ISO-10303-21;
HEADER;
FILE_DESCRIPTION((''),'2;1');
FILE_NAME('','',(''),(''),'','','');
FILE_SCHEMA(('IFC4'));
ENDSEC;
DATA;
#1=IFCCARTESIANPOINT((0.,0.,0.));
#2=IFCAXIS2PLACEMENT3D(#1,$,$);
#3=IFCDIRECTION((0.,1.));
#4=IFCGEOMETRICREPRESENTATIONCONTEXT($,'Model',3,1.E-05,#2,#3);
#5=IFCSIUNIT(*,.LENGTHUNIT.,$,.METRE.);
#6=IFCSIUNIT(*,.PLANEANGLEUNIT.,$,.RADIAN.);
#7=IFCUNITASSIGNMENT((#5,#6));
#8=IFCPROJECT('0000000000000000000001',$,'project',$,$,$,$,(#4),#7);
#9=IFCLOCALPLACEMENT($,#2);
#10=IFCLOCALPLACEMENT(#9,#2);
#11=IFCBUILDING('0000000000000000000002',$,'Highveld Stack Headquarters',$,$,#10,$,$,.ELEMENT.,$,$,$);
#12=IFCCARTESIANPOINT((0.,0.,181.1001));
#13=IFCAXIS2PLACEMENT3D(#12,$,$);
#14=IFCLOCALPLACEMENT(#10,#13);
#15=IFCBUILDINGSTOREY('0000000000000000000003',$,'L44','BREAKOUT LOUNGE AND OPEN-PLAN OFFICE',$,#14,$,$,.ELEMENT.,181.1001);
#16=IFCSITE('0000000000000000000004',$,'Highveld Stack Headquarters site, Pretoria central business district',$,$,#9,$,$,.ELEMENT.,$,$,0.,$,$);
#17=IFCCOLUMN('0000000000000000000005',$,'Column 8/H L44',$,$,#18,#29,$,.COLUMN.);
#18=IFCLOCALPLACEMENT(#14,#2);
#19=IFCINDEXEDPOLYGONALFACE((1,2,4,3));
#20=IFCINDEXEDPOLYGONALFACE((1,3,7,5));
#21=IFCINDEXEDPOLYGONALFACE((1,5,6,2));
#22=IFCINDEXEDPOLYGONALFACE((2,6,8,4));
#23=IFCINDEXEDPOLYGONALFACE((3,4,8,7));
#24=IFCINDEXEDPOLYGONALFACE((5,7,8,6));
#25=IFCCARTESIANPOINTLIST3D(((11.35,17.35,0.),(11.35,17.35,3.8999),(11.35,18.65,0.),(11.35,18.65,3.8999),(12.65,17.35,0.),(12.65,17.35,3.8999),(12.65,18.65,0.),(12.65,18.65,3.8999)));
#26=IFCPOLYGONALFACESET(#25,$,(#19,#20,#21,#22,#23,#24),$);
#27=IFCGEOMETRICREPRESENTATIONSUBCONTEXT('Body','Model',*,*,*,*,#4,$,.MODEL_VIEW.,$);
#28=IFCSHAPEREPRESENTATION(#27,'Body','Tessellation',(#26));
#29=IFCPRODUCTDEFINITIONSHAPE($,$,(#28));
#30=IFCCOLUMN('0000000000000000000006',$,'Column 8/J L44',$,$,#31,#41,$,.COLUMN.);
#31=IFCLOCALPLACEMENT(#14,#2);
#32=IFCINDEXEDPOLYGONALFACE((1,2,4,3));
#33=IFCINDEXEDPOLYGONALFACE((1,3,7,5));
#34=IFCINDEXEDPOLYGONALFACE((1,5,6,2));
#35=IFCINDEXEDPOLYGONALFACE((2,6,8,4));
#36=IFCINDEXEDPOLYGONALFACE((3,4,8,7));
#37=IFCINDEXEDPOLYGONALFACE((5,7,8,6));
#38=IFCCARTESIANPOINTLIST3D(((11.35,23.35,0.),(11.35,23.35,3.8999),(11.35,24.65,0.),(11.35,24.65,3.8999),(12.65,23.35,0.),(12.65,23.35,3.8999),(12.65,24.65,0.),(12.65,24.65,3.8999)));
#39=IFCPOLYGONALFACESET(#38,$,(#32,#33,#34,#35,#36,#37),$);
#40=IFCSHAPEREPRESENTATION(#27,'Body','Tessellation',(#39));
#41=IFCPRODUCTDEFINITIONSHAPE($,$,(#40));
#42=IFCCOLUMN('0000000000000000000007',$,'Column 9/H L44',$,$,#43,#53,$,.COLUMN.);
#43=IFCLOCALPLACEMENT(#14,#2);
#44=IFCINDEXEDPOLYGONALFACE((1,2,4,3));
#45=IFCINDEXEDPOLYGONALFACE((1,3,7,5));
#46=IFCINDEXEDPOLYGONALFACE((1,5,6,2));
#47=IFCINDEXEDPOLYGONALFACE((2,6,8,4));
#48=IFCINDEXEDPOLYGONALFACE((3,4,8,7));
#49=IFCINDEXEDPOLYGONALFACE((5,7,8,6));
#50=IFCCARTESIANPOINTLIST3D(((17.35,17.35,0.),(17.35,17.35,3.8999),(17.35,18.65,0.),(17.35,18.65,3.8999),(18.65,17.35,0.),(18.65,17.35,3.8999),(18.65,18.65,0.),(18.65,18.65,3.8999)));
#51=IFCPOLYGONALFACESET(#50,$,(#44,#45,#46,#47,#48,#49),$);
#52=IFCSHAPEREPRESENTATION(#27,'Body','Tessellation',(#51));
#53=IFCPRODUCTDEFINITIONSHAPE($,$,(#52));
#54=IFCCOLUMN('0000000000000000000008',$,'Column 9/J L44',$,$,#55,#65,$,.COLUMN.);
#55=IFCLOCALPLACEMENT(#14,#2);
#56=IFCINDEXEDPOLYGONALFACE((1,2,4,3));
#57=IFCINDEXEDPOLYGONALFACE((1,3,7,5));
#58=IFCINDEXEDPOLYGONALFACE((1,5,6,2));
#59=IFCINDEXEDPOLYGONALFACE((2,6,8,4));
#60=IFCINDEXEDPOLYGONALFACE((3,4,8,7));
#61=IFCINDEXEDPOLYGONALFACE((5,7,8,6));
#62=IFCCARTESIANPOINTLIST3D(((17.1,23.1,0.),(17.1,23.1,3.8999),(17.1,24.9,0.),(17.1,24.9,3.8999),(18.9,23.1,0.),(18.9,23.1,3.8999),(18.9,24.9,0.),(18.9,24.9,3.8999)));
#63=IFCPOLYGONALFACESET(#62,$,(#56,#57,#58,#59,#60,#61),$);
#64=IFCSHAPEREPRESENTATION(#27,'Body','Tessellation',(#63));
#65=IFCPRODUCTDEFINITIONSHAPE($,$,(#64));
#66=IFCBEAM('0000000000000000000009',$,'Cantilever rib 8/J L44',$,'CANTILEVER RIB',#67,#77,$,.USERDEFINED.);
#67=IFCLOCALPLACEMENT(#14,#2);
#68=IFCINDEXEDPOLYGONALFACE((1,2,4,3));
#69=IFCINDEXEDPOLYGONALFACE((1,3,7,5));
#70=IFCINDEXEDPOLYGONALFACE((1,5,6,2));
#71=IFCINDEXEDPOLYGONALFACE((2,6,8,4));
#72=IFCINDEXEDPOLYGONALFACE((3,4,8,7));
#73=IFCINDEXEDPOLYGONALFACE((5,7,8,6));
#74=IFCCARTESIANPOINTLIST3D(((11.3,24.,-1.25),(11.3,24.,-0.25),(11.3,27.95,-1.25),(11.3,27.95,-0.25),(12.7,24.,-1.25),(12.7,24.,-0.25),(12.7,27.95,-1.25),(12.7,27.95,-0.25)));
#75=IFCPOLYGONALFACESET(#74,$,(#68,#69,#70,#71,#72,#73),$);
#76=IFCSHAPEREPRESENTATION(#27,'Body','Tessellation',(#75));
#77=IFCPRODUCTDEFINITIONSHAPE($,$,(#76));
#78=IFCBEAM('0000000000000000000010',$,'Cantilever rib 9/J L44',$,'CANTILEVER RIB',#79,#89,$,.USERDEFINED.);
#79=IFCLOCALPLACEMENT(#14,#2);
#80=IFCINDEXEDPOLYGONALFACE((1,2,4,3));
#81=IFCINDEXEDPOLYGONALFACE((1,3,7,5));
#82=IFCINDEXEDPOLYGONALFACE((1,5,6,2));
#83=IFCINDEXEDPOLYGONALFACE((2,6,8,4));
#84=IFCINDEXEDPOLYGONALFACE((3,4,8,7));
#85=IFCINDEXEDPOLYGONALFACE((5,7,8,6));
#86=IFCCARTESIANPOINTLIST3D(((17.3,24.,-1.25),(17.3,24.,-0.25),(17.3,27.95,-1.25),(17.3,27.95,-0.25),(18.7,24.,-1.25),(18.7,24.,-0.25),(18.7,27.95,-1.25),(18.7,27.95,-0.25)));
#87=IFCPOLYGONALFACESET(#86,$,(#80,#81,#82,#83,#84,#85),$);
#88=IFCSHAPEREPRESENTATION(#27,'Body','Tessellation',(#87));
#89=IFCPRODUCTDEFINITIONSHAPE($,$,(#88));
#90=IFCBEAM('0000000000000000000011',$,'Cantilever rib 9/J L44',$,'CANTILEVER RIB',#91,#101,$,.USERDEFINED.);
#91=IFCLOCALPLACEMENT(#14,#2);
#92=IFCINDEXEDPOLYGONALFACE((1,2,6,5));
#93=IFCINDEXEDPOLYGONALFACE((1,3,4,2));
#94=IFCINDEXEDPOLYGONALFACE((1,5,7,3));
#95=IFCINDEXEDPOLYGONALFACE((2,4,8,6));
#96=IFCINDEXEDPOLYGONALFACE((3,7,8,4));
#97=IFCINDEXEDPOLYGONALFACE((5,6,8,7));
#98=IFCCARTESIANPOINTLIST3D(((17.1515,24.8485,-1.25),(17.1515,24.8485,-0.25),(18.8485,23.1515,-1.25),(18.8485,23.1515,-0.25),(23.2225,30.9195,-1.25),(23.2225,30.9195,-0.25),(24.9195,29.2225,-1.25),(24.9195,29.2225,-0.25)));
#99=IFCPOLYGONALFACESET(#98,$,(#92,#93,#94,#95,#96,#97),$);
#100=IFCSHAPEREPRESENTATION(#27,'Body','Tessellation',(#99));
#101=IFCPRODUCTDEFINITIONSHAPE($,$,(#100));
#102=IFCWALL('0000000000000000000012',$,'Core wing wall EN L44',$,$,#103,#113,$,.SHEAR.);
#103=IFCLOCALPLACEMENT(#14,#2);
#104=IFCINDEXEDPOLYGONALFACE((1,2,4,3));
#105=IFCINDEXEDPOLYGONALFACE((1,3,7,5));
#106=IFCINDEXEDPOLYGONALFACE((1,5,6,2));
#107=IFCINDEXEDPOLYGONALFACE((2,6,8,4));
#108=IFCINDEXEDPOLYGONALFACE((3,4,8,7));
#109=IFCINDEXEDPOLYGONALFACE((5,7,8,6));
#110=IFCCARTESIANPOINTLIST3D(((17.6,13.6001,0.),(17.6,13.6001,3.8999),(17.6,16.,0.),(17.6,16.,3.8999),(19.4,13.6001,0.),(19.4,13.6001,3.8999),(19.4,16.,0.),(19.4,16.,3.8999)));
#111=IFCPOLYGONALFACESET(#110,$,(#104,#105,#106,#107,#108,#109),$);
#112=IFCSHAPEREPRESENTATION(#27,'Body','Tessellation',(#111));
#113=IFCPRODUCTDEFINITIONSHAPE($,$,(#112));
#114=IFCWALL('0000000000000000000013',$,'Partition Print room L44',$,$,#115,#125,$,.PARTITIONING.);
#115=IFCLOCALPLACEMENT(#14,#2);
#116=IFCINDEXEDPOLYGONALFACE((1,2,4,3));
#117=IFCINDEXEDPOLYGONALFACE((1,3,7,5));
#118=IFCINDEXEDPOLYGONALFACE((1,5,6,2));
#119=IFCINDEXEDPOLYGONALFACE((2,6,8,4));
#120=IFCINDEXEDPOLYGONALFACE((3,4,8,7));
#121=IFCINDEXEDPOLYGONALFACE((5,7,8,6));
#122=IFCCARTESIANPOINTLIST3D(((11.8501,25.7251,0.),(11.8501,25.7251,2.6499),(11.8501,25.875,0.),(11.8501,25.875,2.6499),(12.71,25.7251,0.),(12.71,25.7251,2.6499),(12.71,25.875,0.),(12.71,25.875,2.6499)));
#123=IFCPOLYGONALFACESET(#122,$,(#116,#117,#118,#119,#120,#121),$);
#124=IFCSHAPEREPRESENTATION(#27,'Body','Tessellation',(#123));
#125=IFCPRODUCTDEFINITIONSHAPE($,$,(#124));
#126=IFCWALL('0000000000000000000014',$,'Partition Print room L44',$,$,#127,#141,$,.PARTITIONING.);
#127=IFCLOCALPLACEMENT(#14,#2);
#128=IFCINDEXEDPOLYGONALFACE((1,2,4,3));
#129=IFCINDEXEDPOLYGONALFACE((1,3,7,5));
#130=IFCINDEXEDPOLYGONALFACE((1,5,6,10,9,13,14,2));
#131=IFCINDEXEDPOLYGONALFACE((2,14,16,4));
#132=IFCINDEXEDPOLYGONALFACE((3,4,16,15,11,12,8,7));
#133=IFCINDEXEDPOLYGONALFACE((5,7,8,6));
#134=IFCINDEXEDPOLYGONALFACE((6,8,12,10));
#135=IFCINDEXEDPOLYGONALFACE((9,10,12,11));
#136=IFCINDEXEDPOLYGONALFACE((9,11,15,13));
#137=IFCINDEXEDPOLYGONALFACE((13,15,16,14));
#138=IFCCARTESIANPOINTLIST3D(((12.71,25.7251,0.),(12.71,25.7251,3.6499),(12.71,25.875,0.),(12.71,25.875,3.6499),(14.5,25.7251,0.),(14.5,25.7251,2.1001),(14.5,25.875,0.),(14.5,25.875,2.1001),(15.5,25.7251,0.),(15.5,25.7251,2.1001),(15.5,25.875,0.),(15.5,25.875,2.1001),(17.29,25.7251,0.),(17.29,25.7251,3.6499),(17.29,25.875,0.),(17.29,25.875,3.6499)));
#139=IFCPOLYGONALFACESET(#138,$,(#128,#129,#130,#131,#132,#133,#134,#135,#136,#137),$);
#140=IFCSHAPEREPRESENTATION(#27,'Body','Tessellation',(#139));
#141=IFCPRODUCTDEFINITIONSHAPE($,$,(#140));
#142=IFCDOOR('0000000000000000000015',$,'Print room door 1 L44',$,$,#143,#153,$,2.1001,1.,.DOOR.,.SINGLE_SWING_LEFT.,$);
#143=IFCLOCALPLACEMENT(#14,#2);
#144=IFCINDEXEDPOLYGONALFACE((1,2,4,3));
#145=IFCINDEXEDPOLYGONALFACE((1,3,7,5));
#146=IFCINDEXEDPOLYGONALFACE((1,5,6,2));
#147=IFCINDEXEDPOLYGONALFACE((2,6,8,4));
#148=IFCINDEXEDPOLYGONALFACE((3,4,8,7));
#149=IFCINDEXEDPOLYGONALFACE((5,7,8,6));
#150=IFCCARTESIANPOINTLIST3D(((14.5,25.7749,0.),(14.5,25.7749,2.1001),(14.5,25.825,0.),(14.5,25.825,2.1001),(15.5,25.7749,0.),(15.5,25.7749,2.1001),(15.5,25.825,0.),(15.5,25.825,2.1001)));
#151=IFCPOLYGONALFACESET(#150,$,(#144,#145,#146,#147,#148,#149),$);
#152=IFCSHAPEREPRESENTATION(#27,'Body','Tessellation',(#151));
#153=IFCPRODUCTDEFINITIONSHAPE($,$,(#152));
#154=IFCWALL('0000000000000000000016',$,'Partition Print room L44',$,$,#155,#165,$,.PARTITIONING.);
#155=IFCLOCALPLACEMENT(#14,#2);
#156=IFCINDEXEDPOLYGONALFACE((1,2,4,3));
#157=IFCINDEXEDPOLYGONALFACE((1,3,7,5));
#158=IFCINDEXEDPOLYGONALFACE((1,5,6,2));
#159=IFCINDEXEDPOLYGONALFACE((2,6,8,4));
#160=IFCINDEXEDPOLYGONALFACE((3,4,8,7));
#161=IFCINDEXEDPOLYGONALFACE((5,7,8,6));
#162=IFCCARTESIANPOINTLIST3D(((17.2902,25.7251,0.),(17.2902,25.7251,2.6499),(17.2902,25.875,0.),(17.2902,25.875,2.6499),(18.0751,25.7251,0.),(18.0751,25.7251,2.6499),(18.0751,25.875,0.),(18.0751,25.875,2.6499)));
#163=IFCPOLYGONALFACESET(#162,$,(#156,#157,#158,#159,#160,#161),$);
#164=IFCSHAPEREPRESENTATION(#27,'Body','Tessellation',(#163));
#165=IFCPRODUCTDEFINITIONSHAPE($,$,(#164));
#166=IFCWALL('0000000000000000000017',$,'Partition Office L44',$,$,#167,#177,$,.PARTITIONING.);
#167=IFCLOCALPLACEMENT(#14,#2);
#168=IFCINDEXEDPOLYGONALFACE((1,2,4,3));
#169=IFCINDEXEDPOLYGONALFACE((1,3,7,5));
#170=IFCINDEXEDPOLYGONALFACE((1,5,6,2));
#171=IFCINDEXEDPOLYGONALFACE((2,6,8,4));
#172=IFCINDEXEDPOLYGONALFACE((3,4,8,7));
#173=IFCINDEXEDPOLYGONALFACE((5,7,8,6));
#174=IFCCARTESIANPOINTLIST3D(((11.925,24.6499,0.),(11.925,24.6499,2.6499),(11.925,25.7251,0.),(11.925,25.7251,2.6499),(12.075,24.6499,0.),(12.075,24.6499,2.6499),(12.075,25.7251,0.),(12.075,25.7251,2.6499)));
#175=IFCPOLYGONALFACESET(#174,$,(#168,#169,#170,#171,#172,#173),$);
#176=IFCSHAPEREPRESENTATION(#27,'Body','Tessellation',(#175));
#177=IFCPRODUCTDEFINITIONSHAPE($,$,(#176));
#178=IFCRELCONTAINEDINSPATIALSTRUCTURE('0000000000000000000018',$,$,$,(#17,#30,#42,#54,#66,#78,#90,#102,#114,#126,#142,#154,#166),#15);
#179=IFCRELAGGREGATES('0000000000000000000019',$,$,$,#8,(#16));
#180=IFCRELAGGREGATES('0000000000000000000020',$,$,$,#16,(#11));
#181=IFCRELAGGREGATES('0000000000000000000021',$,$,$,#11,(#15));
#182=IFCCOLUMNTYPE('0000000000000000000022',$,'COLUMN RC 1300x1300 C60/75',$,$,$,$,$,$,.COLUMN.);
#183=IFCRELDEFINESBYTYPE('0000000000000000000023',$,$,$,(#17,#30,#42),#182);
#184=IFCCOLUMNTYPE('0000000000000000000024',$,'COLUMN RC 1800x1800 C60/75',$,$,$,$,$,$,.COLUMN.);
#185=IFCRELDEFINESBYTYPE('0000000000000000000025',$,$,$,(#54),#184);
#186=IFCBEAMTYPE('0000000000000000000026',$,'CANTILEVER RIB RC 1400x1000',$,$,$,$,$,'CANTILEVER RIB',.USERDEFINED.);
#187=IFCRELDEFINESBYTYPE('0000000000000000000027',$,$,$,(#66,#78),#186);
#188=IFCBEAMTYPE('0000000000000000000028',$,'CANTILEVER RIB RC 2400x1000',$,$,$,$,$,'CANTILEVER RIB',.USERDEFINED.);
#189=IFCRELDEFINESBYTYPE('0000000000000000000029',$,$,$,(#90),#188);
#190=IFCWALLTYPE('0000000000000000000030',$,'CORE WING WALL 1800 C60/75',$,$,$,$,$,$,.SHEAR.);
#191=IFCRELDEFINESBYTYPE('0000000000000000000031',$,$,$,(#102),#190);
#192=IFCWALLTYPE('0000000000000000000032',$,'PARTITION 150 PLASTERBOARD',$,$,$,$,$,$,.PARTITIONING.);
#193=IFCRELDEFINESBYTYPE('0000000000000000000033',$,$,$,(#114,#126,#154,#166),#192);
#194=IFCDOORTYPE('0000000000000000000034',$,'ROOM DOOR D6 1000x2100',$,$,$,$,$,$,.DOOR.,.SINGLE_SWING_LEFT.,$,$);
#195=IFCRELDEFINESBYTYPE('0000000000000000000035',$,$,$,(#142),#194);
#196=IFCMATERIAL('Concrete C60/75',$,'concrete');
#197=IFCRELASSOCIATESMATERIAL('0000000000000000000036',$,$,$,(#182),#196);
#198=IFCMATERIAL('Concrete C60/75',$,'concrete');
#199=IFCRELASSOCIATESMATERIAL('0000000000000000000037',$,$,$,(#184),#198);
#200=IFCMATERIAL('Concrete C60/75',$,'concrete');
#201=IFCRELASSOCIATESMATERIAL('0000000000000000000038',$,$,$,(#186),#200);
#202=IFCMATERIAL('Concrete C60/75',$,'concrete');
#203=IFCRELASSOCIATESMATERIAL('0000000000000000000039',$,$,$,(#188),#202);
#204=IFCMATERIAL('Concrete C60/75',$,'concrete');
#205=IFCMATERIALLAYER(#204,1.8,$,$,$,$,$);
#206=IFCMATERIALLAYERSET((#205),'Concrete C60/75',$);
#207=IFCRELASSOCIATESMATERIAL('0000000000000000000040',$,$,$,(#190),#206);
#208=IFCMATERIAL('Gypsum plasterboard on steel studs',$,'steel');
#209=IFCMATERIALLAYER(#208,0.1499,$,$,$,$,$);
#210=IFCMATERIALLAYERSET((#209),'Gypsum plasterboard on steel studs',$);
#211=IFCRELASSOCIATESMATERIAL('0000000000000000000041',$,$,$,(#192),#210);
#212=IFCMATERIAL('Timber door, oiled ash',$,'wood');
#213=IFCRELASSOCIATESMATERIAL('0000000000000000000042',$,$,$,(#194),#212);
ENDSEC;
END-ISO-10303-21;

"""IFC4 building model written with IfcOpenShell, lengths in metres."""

from ifc_helpers import new_model, si_unit, direction, frame, frame_2d, origin, origin_2d, place, context, subcontext, project, spatial, rectangle, extrude, material, layer, layer_set, material_profile, profile_set, type_object, element, fill, save


model = new_model("IFC4")

# Units and contexts
model_context = context("Model", 3, precision=1e-05, world=origin(), true_north=direction((0.0, 1.0)))
body_context = subcontext(model_context, "Body", "Model", "MODEL_VIEW")
ifc_project = project(units=[si_unit("LENGTHUNIT", "METRE"), si_unit("PLANEANGLEUNIT", "RADIAN")], contexts=[model_context])

# Site, building, storey
site_placement = place(None, origin())
site = spatial("IfcSite", under=ifc_project, at=site_placement, Name="Highveld Stack Headquarters site, Pretoria central business district", CompositionType="ELEMENT", RefElevation=0.0)
building_placement = place(site_placement, origin())
building = spatial("IfcBuilding", under=site, at=building_placement, Name="Highveld Stack Headquarters", CompositionType="ELEMENT")
storey_placement = place(building_placement, frame((0.0, 0.0, 181.1001)))
storey = spatial("IfcBuildingStorey", under=building, at=storey_placement, Name="L44", Description="BREAKOUT LOUNGE AND OPEN-PLAN OFFICE", CompositionType="ELEMENT", Elevation=181.1001)

# Columns
ifc_material_1 = material(Name="Concrete C60/75", Category="concrete")
ifc_material_profile_1 = material_profile(ifc_material_1, rectangle(XDim=1.3, YDim=1.3, at=origin_2d()), Name="RC 1300x1300")
ifc_profile_set_1 = profile_set([ifc_material_profile_1], Name="Concrete C60/75")
column_type_1 = type_object("IfcColumnType", Name="COLUMN RC 1300x1300 C60/75", PredefinedType="COLUMN", material=ifc_profile_set_1)
for number, where, z_axis, x_axis, name in (
    (1, (12.0, 18.0, 0.0), (0.0, 0.0, 1.0), (1.0, 0.0, 0.0), "Column 8/H L44"),
    (2, (12.0, 24.0, 0.0), (0.0, 0.0, 1.0), (1.0, 0.0, 0.0), "Column 8/J L44"),
    (3, (18.0, 18.0, 0.0), (0.0, 0.0, 1.0), (1.0, 0.0, 0.0), "Column 9/H L44"),
):
    element("IfcColumn", number, at=place(storey_placement, frame(where, z_axis=z_axis, x_axis=x_axis)), inside=storey, type_object=column_type_1, Name=name, PredefinedType="COLUMN", context=body_context, shape_type="SweptSolid", body=[
        extrude(rectangle(XDim=1.3, YDim=1.3, at=origin_2d()), origin(), (0.0, 0.0, 1.0), 3.8999),
    ])
ifc_material_2 = material(Name="Concrete C60/75", Category="concrete")
ifc_material_profile_2 = material_profile(ifc_material_2, rectangle(XDim=1.8, YDim=1.8, at=origin_2d()), Name="RC 1800x1800")
ifc_profile_set_2 = profile_set([ifc_material_profile_2], Name="Concrete C60/75")
column_type_2 = type_object("IfcColumnType", Name="COLUMN RC 1800x1800 C60/75", PredefinedType="COLUMN", material=ifc_profile_set_2)
column_placement = place(storey_placement, frame((18.0, 24.0, 0.0), z_axis=(0.0, 0.0, 1.0), x_axis=(1.0, 0.0, 0.0)))
element("IfcColumn", 4, at=column_placement, inside=storey, type_object=column_type_2, Name="Column 9/J L44", PredefinedType="COLUMN", context=body_context, shape_type="SweptSolid", body=[
    extrude(rectangle(XDim=1.8, YDim=1.8, at=origin_2d()), origin(), (0.0, 0.0, 1.0), 3.8999),
])

# Beams
ifc_material_3 = material(Name="Concrete C60/75", Category="concrete")
ifc_material_profile_3 = material_profile(ifc_material_3, rectangle(XDim=1.3999, YDim=1.0, at=origin_2d()), Name="RC 1400x1000")
ifc_profile_set_3 = profile_set([ifc_material_profile_3], Name="Concrete C60/75")
beam_type_1 = type_object("IfcBeamType", Name="CANTILEVER RIB RC 1400x1000", ElementType="CANTILEVER RIB", PredefinedType="USERDEFINED", material=ifc_profile_set_3)
for number, where, z_axis, x_axis, name in (
    (5, (12.0, 24.0, -0.75), (0.0, 1.0, 0.0), (-1.0, 0.0, 0.0), "Cantilever rib 8/J L44"),
    (6, (18.0, 24.0, -0.75), (0.0, 1.0, 0.0), (-1.0, 0.0, 0.0), "Cantilever rib 9/J L44"),
):
    element("IfcBeam", number, at=place(storey_placement, frame(where, z_axis=z_axis, x_axis=x_axis)), inside=storey, type_object=beam_type_1, Name=name, ObjectType="CANTILEVER RIB", PredefinedType="USERDEFINED", context=body_context, shape_type="SweptSolid", body=[
        extrude(rectangle(XDim=1.3999, YDim=1.0, at=origin_2d()), origin(), (0.0, 0.0, 1.0), 3.95),
    ])
ifc_material_4 = material(Name="Concrete C60/75", Category="concrete")
ifc_material_profile_4 = material_profile(ifc_material_4, rectangle(XDim=2.3999, YDim=1.0, at=origin_2d()), Name="RC 2400x1000")
ifc_profile_set_4 = profile_set([ifc_material_profile_4], Name="Concrete C60/75")
beam_type_2 = type_object("IfcBeamType", Name="CANTILEVER RIB RC 2400x1000", ElementType="CANTILEVER RIB", PredefinedType="USERDEFINED", material=ifc_profile_set_4)
beam_placement = place(storey_placement, frame((18.0, 24.0, -0.75), z_axis=(0.707107, 0.707107, 0.0), x_axis=(-0.707107, 0.707107, 0.0)))
element("IfcBeam", 7, at=beam_placement, inside=storey, type_object=beam_type_2, Name="Cantilever rib 9/J L44", ObjectType="CANTILEVER RIB", PredefinedType="USERDEFINED", context=body_context, shape_type="SweptSolid", body=[
    extrude(rectangle(XDim=2.3999, YDim=1.0, at=origin_2d()), origin(), (0.0, 0.0, 1.0), 8.5857),
])

# Walls
ifc_material_5 = material(Name="Concrete C60/75", Category="concrete")
ifc_layer_1 = layer(ifc_material_5, 1.8)
ifc_layer_set_1 = layer_set([ifc_layer_1], Name="Concrete C60/75")
wall_type_1 = type_object("IfcWallType", Name="CORE WING WALL 1800 C60/75", PredefinedType="SHEAR", material=ifc_layer_set_1)
wall_1_placement = place(storey_placement, frame((18.5, 13.6001, 0.0), z_axis=(0.0, 0.0, 1.0), x_axis=(0.0, 1.0, 0.0)))
element("IfcWall", 8, at=wall_1_placement, inside=storey, type_object=wall_type_1, Name="Core wing wall EN L44", PredefinedType="SHEAR", context=body_context, shape_type="SweptSolid", body=[
    extrude(rectangle(XDim=2.3999, YDim=1.8, at=frame_2d((1.2, 0.0))), origin(), (0.0, 0.0, 1.0), 3.8999),
])
ifc_material_6 = material(Name="Gypsum plasterboard on steel studs", Category="steel")
ifc_layer_2 = layer(ifc_material_6, 0.1499)
ifc_layer_set_2 = layer_set([ifc_layer_2], Name="Gypsum plasterboard on steel studs")
wall_type_2 = type_object("IfcWallType", Name="PARTITION 150 PLASTERBOARD", PredefinedType="PARTITIONING", material=ifc_layer_set_2)
wall_2_placement = place(storey_placement, frame((11.8501, 25.8, 0.0), z_axis=(0.0, 0.0, 1.0), x_axis=(1.0, 0.0, 0.0)))
element("IfcWall", 9, at=wall_2_placement, inside=storey, type_object=wall_type_2, Name="Partition Print room L44", PredefinedType="PARTITIONING", context=body_context, shape_type="SweptSolid", body=[
    extrude(rectangle(XDim=0.8599, YDim=0.1499, at=frame_2d((0.4299, 0.0))), origin(), (0.0, 0.0, 1.0), 2.6499),
])

# Wall, opening, door
wall_3_placement = place(storey_placement, frame((12.71, 25.8, 0.0), z_axis=(0.0, 0.0, 1.0), x_axis=(1.0, 0.0, 0.0)))
wall_3 = element("IfcWall", 10, at=wall_3_placement, inside=storey, type_object=wall_type_2, Name="Partition Print room L44", PredefinedType="PARTITIONING", context=body_context, shape_type="SweptSolid", body=[
    extrude(rectangle(XDim=4.5801, YDim=0.1499, at=frame_2d((2.29, 0.0))), origin(), (0.0, 0.0, 1.0), 3.6499),
])
opening_1_placement = place(wall_3_placement, frame((1.79, 0.0, 0.0)))
opening_1 = element("IfcOpeningElement", 11, at=opening_1_placement, cuts=wall_3, PredefinedType="OPENING", context=body_context, shape_type="SweptSolid", body=[
    extrude(rectangle(XDim=1.0, YDim=2.1001, at=frame_2d((0.5, 1.05))), frame((0.0, 0.085, 0.0), z_axis=(0.0, -1.0, 0.0), x_axis=(1.0, 0.0, 0.0)), (0.0, 0.0, 1.0), 0.1699),
])
ifc_material_7 = material(Name="Timber door, oiled ash", Category="wood")
door_type = type_object("IfcDoorType", Name="ROOM DOOR D6 1000x2100", OperationType="SINGLE_SWING_LEFT", PredefinedType="DOOR", material=ifc_material_7)
door_1_placement = place(opening_1_placement, origin())
door_1 = element("IfcDoor", 12, at=door_1_placement, inside=storey, type_object=door_type, Name="Print room door 1 L44", OperationType="SINGLE_SWING_LEFT", OverallHeight=2.1001, OverallWidth=1.0, PredefinedType="DOOR", context=body_context, shape_type="SweptSolid", body=[
    extrude(rectangle(XDim=1.0, YDim=2.1001, at=frame_2d((0.5, 1.05))), frame((0.0, 0.0249, 0.0), z_axis=(0.0, -1.0, 0.0), x_axis=(1.0, 0.0, 0.0)), (0.0, 0.0, 1.0), 0.05),
])
fill(opening_1, door_1)

# Walls
wall_4_placement = place(storey_placement, frame((17.29, 25.8, 0.0), z_axis=(0.0, 0.0, 1.0), x_axis=(1.0, 0.0, 0.0)))
element("IfcWall", 13, at=wall_4_placement, inside=storey, type_object=wall_type_2, Name="Partition Print room L44", PredefinedType="PARTITIONING", context=body_context, shape_type="SweptSolid", body=[
    extrude(rectangle(XDim=0.7849, YDim=0.1499, at=frame_2d((0.3926, 0.0))), origin(), (0.0, 0.0, 1.0), 2.6499),
])
wall_5_placement = place(storey_placement, frame((12.0, 24.6499, 0.0), z_axis=(0.0, 0.0, 1.0), x_axis=(0.0, 1.0, 0.0)))
element("IfcWall", 14, at=wall_5_placement, inside=storey, type_object=wall_type_2, Name="Partition Office L44", PredefinedType="PARTITIONING", context=body_context, shape_type="SweptSolid", body=[
    extrude(rectangle(XDim=1.0752, YDim=0.1499, at=frame_2d((0.5376, 0.0))), origin(), (0.0, 0.0, 1.0), 2.6499),
])

save(model, "model.ifc")
